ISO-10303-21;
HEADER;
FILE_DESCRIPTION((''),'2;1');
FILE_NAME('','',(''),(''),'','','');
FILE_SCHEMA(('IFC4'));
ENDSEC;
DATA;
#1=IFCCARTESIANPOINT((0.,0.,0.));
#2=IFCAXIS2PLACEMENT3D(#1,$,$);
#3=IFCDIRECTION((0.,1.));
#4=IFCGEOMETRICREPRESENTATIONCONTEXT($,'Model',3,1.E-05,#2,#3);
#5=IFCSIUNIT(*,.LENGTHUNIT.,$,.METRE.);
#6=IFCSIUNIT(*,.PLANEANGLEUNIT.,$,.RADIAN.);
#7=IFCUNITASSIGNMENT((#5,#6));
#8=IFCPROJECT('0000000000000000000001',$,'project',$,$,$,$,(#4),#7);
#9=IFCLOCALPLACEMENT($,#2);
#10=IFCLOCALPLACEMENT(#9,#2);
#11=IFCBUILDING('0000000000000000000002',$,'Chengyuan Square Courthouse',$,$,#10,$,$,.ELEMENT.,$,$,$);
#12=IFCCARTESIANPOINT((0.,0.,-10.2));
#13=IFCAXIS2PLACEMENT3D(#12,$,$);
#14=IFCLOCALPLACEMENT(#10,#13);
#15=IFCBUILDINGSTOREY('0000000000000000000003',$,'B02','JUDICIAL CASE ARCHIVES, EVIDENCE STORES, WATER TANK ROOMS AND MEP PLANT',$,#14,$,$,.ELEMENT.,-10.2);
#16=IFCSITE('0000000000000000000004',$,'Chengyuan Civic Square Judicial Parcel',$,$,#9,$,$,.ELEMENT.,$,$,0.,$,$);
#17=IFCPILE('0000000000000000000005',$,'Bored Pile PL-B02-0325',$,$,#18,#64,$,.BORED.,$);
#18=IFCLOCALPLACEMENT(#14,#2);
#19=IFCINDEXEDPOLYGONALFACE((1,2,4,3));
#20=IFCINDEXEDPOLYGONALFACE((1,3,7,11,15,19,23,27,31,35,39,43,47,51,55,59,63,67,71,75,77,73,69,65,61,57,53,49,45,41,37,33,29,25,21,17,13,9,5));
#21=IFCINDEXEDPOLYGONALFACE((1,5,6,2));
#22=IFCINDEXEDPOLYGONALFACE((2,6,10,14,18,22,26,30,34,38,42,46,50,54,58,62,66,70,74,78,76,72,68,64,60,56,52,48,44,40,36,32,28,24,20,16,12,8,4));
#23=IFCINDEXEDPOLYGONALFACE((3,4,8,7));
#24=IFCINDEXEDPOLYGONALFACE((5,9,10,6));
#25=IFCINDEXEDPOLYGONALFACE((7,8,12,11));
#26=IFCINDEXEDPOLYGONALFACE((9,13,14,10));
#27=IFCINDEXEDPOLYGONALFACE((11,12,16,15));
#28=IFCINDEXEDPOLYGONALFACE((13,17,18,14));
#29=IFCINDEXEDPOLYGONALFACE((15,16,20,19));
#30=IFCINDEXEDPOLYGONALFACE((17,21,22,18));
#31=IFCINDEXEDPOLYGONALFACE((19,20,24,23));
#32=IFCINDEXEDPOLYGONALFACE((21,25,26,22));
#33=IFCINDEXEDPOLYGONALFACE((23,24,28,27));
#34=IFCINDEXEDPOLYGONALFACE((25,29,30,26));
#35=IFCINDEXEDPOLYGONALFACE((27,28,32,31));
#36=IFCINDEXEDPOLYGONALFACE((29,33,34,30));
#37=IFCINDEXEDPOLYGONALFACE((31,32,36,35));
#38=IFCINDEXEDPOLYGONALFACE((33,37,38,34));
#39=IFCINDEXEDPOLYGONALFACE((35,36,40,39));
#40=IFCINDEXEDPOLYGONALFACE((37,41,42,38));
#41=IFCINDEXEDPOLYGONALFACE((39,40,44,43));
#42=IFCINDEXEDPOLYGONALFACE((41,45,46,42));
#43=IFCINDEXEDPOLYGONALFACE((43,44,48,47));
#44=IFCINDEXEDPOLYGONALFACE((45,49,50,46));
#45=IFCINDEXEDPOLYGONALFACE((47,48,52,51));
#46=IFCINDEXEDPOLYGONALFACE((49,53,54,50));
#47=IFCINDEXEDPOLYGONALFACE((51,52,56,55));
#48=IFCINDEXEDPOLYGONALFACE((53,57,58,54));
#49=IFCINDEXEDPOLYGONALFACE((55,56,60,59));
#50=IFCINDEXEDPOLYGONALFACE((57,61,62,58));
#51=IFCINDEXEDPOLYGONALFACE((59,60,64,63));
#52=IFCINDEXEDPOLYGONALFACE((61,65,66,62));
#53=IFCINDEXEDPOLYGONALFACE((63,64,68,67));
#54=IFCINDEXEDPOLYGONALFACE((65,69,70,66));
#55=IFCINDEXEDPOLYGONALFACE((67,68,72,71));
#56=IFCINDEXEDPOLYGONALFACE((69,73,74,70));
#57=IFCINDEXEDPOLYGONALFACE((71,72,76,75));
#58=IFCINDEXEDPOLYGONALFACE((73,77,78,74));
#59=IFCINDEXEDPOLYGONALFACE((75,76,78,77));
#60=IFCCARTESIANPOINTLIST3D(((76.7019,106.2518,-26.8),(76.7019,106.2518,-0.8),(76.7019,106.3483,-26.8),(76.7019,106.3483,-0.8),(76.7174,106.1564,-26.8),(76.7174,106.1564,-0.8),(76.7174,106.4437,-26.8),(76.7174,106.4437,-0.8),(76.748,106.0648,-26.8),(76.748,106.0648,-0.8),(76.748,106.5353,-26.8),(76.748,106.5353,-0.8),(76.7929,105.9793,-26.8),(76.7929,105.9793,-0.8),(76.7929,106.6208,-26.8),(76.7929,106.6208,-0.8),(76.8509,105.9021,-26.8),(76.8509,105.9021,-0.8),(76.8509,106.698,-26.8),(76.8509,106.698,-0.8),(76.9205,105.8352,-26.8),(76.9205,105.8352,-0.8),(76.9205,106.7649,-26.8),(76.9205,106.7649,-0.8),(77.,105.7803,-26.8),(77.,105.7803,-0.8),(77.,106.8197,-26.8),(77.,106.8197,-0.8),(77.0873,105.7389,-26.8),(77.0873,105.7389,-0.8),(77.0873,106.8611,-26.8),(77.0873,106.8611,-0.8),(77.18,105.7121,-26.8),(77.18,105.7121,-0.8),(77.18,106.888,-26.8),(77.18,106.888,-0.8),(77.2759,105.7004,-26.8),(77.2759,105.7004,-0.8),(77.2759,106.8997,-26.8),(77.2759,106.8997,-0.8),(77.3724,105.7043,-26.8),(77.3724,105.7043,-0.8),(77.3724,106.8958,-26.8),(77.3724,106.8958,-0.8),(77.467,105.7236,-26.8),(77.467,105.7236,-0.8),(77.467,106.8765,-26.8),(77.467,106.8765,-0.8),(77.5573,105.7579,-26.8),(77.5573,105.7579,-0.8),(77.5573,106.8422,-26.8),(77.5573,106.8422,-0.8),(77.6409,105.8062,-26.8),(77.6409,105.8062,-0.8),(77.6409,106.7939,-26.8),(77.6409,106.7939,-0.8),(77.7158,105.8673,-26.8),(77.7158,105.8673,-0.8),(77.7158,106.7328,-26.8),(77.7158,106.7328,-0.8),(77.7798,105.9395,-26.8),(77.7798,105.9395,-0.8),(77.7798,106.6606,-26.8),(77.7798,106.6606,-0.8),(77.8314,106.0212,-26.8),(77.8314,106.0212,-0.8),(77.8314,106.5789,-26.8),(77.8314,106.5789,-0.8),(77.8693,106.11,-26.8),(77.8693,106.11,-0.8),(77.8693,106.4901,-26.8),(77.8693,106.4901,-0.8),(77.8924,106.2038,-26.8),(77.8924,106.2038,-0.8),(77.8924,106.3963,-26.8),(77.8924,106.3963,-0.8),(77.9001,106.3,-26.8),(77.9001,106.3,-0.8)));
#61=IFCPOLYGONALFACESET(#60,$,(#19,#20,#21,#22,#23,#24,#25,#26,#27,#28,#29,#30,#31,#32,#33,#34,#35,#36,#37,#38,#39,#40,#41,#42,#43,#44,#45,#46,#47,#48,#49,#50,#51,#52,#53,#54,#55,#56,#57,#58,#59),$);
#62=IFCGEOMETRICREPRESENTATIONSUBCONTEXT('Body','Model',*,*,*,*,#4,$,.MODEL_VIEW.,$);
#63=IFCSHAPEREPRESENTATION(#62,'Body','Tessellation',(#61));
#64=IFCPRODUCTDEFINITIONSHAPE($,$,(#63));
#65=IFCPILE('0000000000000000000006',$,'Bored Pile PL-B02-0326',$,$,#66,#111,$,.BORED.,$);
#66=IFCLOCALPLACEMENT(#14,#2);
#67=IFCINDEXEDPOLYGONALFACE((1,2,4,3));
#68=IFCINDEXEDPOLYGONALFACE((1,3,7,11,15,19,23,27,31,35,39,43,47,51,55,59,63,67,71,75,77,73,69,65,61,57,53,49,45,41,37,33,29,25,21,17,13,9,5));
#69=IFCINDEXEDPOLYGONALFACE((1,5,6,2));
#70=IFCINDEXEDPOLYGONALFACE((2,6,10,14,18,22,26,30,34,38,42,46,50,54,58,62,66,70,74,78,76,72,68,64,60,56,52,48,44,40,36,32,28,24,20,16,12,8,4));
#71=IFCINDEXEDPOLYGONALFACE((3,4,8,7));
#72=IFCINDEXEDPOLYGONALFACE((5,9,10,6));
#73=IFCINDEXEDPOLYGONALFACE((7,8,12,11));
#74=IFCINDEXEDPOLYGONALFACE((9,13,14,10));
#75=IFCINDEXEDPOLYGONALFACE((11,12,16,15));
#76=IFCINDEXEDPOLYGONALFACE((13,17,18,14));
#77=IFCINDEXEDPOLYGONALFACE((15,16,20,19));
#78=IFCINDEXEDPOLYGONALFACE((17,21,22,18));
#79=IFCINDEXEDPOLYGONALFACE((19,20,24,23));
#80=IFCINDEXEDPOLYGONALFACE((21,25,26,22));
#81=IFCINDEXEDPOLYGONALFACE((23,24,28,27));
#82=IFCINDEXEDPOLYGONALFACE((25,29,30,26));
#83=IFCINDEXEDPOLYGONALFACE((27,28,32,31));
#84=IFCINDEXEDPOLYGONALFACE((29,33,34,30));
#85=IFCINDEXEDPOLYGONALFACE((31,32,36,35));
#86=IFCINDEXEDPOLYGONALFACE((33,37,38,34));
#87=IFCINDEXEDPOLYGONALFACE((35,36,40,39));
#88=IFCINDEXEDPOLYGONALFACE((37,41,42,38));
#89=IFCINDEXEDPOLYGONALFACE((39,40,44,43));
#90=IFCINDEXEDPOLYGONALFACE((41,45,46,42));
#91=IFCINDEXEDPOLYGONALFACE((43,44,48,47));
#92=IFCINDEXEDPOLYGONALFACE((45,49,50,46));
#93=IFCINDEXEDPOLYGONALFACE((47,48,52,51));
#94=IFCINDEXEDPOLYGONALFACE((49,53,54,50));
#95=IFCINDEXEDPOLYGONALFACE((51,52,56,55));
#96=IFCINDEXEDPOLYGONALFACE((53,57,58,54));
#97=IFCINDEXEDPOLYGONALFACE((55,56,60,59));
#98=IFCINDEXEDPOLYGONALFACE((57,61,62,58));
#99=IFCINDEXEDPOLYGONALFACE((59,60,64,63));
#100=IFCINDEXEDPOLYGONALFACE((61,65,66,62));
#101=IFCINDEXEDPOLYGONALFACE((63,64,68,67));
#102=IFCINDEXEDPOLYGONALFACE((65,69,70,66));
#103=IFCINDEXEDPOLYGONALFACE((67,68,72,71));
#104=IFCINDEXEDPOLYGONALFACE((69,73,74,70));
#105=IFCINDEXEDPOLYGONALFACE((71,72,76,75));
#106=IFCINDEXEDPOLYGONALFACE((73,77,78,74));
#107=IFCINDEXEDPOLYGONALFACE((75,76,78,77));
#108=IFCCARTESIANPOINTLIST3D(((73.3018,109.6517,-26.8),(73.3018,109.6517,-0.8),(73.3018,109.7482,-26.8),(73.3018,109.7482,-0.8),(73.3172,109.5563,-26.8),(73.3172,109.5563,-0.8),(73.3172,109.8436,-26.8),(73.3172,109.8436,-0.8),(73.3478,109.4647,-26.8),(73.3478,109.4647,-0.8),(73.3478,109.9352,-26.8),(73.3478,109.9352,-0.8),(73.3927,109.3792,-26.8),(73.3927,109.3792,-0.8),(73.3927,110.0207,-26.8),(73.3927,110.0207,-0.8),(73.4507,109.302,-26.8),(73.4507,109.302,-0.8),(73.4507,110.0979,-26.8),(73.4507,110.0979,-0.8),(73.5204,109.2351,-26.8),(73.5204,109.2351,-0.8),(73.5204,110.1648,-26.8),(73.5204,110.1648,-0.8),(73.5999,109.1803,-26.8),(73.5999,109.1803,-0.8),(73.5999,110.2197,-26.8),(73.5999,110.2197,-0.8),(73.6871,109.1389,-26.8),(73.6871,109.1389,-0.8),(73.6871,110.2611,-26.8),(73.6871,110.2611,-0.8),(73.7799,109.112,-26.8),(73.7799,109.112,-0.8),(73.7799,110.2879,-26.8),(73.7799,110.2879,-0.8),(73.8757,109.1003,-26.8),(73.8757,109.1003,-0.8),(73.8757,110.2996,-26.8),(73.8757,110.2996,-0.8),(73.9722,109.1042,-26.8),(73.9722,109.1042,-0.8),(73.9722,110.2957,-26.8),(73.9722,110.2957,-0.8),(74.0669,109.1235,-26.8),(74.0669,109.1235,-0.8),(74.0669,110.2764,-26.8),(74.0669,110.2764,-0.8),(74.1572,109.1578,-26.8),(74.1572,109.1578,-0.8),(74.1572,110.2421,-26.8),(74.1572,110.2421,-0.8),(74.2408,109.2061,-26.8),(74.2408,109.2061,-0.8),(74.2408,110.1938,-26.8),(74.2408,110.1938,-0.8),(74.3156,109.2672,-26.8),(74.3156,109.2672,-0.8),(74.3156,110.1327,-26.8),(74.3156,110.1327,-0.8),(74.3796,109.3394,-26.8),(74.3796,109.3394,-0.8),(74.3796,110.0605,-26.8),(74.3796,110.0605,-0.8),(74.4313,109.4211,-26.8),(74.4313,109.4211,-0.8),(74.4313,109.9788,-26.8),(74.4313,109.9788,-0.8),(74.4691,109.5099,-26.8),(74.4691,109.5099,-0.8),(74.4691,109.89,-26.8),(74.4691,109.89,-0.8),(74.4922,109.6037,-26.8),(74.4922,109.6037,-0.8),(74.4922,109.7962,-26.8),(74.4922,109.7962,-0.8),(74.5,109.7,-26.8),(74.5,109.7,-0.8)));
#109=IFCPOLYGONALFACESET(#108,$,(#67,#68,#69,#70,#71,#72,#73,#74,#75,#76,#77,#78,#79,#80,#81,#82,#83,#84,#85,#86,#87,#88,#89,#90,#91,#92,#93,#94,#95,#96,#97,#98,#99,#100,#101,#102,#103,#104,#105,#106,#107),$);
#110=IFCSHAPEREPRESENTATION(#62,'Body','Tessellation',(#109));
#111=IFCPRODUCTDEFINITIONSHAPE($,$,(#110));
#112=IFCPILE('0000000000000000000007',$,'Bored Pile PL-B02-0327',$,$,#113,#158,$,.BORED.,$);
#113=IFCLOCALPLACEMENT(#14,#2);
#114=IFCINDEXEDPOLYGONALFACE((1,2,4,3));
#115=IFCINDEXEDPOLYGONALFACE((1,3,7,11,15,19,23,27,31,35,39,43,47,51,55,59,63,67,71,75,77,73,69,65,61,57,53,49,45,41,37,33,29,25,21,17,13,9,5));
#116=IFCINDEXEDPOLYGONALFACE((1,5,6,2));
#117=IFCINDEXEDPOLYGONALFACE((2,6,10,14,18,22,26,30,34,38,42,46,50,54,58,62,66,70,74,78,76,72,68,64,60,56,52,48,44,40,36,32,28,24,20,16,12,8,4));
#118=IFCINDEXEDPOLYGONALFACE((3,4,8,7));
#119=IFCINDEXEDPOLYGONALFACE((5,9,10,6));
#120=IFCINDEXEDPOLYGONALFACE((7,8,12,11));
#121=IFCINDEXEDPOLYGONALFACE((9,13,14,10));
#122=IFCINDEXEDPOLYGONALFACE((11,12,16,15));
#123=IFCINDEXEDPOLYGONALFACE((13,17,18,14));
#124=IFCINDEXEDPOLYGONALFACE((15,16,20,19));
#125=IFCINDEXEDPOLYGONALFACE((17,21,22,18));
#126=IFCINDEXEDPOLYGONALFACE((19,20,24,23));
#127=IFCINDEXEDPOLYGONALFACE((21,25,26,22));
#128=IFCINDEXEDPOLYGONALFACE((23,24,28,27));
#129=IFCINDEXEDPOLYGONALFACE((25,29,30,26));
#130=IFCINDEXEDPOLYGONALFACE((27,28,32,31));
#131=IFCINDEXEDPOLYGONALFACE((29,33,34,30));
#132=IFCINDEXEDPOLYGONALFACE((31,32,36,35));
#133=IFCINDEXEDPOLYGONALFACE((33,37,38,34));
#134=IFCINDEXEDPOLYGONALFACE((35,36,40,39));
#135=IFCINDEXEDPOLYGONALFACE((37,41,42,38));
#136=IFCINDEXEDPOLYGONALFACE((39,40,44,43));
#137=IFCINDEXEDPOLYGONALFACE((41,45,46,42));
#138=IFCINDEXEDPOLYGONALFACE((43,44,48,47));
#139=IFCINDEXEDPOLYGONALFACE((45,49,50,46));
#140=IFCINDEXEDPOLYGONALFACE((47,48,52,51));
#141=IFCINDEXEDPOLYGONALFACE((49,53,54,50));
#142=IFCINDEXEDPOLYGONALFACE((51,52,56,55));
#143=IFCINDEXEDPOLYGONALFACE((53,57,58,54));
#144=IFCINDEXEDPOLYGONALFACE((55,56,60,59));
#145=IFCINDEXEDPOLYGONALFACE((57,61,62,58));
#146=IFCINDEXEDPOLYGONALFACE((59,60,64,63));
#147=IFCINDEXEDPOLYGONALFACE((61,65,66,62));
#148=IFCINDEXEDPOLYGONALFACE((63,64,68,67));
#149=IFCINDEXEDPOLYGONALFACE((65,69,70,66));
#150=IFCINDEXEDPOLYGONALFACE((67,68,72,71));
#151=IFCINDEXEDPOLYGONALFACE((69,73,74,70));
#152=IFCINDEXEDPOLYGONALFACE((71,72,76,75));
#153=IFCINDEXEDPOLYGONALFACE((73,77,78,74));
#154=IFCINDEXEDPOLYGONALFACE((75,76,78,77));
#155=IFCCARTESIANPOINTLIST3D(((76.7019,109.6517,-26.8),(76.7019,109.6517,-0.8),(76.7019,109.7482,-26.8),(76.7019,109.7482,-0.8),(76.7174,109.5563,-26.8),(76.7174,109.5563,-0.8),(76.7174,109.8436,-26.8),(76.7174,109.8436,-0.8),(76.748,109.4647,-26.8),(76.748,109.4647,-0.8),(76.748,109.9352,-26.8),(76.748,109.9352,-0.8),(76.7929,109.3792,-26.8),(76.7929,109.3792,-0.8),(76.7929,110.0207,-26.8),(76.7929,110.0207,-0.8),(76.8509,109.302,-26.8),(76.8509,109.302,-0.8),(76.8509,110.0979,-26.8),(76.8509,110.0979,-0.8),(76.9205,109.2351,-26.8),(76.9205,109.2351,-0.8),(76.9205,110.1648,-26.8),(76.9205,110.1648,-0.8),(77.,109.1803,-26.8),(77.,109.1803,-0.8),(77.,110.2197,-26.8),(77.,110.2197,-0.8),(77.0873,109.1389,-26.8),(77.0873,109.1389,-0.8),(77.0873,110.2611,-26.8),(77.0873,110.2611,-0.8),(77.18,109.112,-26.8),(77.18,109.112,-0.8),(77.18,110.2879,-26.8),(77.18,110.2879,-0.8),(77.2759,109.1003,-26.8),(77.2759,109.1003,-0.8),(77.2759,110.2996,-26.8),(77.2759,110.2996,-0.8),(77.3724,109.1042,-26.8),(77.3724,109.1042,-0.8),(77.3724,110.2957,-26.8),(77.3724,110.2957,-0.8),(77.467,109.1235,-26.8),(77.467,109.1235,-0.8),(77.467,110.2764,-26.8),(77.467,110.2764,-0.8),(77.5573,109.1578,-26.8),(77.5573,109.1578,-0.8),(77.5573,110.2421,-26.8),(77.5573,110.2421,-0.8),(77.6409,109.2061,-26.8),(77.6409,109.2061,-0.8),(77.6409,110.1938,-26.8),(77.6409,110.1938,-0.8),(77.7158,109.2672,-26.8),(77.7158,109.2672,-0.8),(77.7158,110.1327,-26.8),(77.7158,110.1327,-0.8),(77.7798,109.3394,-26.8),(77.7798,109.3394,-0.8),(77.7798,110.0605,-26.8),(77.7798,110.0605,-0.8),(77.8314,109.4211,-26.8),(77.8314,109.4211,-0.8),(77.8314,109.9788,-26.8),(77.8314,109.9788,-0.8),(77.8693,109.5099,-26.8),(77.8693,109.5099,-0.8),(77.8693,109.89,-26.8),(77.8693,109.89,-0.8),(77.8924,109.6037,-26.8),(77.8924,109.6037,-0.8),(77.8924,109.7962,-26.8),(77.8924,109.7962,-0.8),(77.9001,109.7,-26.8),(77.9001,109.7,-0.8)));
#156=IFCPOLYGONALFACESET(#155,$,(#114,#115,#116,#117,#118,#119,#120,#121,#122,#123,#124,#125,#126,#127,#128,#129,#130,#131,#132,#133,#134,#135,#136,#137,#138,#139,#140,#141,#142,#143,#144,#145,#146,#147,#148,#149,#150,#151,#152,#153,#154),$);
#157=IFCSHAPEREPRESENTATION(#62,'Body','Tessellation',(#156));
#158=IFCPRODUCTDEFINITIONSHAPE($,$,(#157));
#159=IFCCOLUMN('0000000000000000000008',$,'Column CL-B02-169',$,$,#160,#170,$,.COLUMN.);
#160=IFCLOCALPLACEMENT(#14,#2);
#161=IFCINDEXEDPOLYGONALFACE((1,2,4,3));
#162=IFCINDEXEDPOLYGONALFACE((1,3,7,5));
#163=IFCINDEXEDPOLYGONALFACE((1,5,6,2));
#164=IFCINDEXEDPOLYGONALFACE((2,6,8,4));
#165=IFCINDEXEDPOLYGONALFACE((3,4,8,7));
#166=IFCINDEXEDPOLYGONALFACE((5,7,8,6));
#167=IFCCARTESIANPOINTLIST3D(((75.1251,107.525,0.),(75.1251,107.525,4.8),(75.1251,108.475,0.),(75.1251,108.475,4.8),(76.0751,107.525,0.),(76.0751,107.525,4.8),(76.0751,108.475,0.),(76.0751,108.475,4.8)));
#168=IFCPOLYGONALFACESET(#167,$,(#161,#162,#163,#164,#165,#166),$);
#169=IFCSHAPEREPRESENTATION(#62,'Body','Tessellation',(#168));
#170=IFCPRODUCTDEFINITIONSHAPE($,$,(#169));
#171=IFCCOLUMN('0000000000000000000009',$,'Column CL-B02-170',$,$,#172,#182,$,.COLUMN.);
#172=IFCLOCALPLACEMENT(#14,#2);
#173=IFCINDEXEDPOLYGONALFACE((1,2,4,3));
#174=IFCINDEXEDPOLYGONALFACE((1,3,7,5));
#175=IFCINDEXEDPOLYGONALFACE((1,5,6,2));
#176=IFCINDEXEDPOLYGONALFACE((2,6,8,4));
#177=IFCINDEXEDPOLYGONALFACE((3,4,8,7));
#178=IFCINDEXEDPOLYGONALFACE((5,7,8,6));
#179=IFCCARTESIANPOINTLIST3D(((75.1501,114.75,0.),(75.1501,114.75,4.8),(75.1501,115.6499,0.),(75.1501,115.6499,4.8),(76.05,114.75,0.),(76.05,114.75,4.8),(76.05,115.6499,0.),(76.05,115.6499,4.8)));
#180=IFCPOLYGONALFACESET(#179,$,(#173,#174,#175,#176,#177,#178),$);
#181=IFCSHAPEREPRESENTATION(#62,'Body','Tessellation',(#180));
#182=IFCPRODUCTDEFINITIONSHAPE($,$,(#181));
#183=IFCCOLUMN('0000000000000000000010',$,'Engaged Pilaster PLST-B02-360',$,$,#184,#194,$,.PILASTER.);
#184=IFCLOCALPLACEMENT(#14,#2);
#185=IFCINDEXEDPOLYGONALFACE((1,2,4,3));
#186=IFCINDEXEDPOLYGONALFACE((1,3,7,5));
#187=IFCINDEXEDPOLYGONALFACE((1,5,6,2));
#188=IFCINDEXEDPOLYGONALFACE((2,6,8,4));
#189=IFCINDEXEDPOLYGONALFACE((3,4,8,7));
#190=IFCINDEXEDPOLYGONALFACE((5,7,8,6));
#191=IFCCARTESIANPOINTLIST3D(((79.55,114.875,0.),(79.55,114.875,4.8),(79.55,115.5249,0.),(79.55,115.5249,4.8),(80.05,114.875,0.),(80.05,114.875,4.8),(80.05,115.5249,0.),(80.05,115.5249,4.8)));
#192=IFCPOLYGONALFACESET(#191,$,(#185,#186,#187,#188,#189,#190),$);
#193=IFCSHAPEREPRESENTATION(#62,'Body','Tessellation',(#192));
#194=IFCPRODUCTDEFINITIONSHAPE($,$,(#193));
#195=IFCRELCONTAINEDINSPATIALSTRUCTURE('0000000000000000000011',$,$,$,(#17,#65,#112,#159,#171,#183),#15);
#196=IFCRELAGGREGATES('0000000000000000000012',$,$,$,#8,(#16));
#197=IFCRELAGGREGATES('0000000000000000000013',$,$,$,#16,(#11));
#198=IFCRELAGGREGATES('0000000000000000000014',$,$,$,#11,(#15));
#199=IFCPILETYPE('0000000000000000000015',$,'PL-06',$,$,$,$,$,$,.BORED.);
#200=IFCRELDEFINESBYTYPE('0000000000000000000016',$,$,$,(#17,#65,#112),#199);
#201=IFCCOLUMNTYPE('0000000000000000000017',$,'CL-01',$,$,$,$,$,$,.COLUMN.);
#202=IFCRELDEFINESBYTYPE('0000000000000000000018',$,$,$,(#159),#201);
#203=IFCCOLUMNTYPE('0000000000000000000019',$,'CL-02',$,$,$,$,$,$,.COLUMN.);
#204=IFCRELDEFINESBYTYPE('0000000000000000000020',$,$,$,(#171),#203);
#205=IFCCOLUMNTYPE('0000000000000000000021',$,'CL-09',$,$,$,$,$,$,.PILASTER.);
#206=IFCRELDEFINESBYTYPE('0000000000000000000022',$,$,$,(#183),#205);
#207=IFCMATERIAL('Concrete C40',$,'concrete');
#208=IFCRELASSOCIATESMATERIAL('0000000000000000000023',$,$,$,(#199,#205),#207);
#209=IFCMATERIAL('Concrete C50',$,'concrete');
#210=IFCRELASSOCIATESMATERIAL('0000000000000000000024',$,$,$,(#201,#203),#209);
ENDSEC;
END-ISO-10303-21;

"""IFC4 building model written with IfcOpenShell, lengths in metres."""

from ifc_helpers import new_model, si_unit, direction, frame, origin, origin_2d, place, context, subcontext, project, spatial, rectangle, circle, extrude, material, material_profile, profile_set, type_object, element, save


model = new_model("IFC4")

# Units and contexts
model_context = context("Model", 3, precision=1e-05, world=origin(), true_north=direction((0.0, 1.0)))
body_context = subcontext(model_context, "Body", "Model", "MODEL_VIEW")
ifc_project = project(units=[si_unit("LENGTHUNIT", "METRE"), si_unit("PLANEANGLEUNIT", "RADIAN")], contexts=[model_context])

# Site, building, storey
site_placement = place(None, origin())
site = spatial("IfcSite", under=ifc_project, at=site_placement, Name="Chengyuan Civic Square Judicial Parcel", CompositionType="ELEMENT", RefElevation=0.0)
building_placement = place(site_placement, origin())
building = spatial("IfcBuilding", under=site, at=building_placement, Name="Chengyuan Square Courthouse", CompositionType="ELEMENT")
storey_placement = place(building_placement, frame((0.0, 0.0, -10.2)))
storey = spatial("IfcBuildingStorey", under=building, at=storey_placement, Name="B02", Description="JUDICIAL CASE ARCHIVES, EVIDENCE STORES, WATER TANK ROOMS AND MEP PLANT", CompositionType="ELEMENT", Elevation=-10.2)

# Shared definitions
ifc_material_1 = material(Name="Concrete C40", Category="concrete")

# Piles
ifc_material_profile_1 = material_profile(ifc_material_1, circle(Radius=0.6001, at=origin_2d()), Name="BORED PILE D1200")
ifc_profile_set_1 = profile_set([ifc_material_profile_1], Name="Concrete C40")
pile_type_1 = type_object("IfcPileType", Name="PL-06", PredefinedType="BORED", material=ifc_profile_set_1)
for number, where, z_axis, x_axis, name in (
    (1, (77.3, 106.3, -0.8), (0.0, 0.0, -1.0), (1.0, 0.0, 0.0), "Bored Pile PL-B02-0325"),
    (2, (73.8999, 109.7, -0.8), (0.0, 0.0, -1.0), (1.0, 0.0, 0.0), "Bored Pile PL-B02-0326"),
    (3, (77.3, 109.7, -0.8), (0.0, 0.0, -1.0), (1.0, 0.0, 0.0), "Bored Pile PL-B02-0327"),
):
    element("IfcPile", number, at=place(storey_placement, frame(where, z_axis=z_axis, x_axis=x_axis)), inside=storey, type_object=pile_type_1, Name=name, PredefinedType="BORED", context=body_context, shape_type="SweptSolid", body=[
        extrude(circle(Radius=0.6001, at=origin_2d()), origin(), (0.0, 0.0, 1.0), 26.0),
    ])

# Columns
ifc_material_2 = material(Name="Concrete C50", Category="concrete")
ifc_material_profile_2 = material_profile(ifc_material_2, rectangle(XDim=0.95, YDim=0.95, at=origin_2d()), Name="RC-COL-950x950")
ifc_profile_set_2 = profile_set([ifc_material_profile_2], Name="Concrete C50")
column_type_1 = type_object("IfcColumnType", Name="CL-01", PredefinedType="COLUMN", material=ifc_profile_set_2)
column_1_placement = place(storey_placement, frame((75.6001, 108.0, 0.0), z_axis=(0.0, 0.0, 1.0), x_axis=(1.0, 0.0, 0.0)))
element("IfcColumn", 4, at=column_1_placement, inside=storey, type_object=column_type_1, Name="Column CL-B02-169", PredefinedType="COLUMN", context=body_context, shape_type="SweptSolid", body=[
    extrude(rectangle(XDim=0.95, YDim=0.95, at=origin_2d()), origin(), (0.0, 0.0, 1.0), 4.8),
])
ifc_material_profile_3 = material_profile(ifc_material_2, rectangle(XDim=0.8999, YDim=0.8999, at=origin_2d()), Name="RC-COL-900x900")
ifc_profile_set_3 = profile_set([ifc_material_profile_3], Name="Concrete C50")
column_type_2 = type_object("IfcColumnType", Name="CL-02", PredefinedType="COLUMN", material=ifc_profile_set_3)
column_2_placement = place(storey_placement, frame((75.6001, 115.2, 0.0), z_axis=(0.0, 0.0, 1.0), x_axis=(1.0, 0.0, 0.0)))
element("IfcColumn", 5, at=column_2_placement, inside=storey, type_object=column_type_2, Name="Column CL-B02-170", PredefinedType="COLUMN", context=body_context, shape_type="SweptSolid", body=[
    extrude(rectangle(XDim=0.8999, YDim=0.8999, at=origin_2d()), origin(), (0.0, 0.0, 1.0), 4.8),
])
ifc_material_profile_4 = material_profile(ifc_material_1, rectangle(XDim=0.5, YDim=0.6499, at=origin_2d()), Name="RC-PIL-500x650")
ifc_profile_set_4 = profile_set([ifc_material_profile_4], Name="Concrete C40")
column_type_3 = type_object("IfcColumnType", Name="CL-09", PredefinedType="PILASTER", material=ifc_profile_set_4)
column_3_placement = place(storey_placement, frame((79.8, 115.2, 0.0), z_axis=(0.0, 0.0, 1.0), x_axis=(1.0, 0.0, 0.0)))
element("IfcColumn", 6, at=column_3_placement, inside=storey, type_object=column_type_3, Name="Engaged Pilaster PLST-B02-360", PredefinedType="PILASTER", context=body_context, shape_type="SweptSolid", body=[
    extrude(rectangle(XDim=0.5, YDim=0.6499, at=origin_2d()), origin(), (0.0, 0.0, 1.0), 4.8),
])

save(model, "model.ifc")
